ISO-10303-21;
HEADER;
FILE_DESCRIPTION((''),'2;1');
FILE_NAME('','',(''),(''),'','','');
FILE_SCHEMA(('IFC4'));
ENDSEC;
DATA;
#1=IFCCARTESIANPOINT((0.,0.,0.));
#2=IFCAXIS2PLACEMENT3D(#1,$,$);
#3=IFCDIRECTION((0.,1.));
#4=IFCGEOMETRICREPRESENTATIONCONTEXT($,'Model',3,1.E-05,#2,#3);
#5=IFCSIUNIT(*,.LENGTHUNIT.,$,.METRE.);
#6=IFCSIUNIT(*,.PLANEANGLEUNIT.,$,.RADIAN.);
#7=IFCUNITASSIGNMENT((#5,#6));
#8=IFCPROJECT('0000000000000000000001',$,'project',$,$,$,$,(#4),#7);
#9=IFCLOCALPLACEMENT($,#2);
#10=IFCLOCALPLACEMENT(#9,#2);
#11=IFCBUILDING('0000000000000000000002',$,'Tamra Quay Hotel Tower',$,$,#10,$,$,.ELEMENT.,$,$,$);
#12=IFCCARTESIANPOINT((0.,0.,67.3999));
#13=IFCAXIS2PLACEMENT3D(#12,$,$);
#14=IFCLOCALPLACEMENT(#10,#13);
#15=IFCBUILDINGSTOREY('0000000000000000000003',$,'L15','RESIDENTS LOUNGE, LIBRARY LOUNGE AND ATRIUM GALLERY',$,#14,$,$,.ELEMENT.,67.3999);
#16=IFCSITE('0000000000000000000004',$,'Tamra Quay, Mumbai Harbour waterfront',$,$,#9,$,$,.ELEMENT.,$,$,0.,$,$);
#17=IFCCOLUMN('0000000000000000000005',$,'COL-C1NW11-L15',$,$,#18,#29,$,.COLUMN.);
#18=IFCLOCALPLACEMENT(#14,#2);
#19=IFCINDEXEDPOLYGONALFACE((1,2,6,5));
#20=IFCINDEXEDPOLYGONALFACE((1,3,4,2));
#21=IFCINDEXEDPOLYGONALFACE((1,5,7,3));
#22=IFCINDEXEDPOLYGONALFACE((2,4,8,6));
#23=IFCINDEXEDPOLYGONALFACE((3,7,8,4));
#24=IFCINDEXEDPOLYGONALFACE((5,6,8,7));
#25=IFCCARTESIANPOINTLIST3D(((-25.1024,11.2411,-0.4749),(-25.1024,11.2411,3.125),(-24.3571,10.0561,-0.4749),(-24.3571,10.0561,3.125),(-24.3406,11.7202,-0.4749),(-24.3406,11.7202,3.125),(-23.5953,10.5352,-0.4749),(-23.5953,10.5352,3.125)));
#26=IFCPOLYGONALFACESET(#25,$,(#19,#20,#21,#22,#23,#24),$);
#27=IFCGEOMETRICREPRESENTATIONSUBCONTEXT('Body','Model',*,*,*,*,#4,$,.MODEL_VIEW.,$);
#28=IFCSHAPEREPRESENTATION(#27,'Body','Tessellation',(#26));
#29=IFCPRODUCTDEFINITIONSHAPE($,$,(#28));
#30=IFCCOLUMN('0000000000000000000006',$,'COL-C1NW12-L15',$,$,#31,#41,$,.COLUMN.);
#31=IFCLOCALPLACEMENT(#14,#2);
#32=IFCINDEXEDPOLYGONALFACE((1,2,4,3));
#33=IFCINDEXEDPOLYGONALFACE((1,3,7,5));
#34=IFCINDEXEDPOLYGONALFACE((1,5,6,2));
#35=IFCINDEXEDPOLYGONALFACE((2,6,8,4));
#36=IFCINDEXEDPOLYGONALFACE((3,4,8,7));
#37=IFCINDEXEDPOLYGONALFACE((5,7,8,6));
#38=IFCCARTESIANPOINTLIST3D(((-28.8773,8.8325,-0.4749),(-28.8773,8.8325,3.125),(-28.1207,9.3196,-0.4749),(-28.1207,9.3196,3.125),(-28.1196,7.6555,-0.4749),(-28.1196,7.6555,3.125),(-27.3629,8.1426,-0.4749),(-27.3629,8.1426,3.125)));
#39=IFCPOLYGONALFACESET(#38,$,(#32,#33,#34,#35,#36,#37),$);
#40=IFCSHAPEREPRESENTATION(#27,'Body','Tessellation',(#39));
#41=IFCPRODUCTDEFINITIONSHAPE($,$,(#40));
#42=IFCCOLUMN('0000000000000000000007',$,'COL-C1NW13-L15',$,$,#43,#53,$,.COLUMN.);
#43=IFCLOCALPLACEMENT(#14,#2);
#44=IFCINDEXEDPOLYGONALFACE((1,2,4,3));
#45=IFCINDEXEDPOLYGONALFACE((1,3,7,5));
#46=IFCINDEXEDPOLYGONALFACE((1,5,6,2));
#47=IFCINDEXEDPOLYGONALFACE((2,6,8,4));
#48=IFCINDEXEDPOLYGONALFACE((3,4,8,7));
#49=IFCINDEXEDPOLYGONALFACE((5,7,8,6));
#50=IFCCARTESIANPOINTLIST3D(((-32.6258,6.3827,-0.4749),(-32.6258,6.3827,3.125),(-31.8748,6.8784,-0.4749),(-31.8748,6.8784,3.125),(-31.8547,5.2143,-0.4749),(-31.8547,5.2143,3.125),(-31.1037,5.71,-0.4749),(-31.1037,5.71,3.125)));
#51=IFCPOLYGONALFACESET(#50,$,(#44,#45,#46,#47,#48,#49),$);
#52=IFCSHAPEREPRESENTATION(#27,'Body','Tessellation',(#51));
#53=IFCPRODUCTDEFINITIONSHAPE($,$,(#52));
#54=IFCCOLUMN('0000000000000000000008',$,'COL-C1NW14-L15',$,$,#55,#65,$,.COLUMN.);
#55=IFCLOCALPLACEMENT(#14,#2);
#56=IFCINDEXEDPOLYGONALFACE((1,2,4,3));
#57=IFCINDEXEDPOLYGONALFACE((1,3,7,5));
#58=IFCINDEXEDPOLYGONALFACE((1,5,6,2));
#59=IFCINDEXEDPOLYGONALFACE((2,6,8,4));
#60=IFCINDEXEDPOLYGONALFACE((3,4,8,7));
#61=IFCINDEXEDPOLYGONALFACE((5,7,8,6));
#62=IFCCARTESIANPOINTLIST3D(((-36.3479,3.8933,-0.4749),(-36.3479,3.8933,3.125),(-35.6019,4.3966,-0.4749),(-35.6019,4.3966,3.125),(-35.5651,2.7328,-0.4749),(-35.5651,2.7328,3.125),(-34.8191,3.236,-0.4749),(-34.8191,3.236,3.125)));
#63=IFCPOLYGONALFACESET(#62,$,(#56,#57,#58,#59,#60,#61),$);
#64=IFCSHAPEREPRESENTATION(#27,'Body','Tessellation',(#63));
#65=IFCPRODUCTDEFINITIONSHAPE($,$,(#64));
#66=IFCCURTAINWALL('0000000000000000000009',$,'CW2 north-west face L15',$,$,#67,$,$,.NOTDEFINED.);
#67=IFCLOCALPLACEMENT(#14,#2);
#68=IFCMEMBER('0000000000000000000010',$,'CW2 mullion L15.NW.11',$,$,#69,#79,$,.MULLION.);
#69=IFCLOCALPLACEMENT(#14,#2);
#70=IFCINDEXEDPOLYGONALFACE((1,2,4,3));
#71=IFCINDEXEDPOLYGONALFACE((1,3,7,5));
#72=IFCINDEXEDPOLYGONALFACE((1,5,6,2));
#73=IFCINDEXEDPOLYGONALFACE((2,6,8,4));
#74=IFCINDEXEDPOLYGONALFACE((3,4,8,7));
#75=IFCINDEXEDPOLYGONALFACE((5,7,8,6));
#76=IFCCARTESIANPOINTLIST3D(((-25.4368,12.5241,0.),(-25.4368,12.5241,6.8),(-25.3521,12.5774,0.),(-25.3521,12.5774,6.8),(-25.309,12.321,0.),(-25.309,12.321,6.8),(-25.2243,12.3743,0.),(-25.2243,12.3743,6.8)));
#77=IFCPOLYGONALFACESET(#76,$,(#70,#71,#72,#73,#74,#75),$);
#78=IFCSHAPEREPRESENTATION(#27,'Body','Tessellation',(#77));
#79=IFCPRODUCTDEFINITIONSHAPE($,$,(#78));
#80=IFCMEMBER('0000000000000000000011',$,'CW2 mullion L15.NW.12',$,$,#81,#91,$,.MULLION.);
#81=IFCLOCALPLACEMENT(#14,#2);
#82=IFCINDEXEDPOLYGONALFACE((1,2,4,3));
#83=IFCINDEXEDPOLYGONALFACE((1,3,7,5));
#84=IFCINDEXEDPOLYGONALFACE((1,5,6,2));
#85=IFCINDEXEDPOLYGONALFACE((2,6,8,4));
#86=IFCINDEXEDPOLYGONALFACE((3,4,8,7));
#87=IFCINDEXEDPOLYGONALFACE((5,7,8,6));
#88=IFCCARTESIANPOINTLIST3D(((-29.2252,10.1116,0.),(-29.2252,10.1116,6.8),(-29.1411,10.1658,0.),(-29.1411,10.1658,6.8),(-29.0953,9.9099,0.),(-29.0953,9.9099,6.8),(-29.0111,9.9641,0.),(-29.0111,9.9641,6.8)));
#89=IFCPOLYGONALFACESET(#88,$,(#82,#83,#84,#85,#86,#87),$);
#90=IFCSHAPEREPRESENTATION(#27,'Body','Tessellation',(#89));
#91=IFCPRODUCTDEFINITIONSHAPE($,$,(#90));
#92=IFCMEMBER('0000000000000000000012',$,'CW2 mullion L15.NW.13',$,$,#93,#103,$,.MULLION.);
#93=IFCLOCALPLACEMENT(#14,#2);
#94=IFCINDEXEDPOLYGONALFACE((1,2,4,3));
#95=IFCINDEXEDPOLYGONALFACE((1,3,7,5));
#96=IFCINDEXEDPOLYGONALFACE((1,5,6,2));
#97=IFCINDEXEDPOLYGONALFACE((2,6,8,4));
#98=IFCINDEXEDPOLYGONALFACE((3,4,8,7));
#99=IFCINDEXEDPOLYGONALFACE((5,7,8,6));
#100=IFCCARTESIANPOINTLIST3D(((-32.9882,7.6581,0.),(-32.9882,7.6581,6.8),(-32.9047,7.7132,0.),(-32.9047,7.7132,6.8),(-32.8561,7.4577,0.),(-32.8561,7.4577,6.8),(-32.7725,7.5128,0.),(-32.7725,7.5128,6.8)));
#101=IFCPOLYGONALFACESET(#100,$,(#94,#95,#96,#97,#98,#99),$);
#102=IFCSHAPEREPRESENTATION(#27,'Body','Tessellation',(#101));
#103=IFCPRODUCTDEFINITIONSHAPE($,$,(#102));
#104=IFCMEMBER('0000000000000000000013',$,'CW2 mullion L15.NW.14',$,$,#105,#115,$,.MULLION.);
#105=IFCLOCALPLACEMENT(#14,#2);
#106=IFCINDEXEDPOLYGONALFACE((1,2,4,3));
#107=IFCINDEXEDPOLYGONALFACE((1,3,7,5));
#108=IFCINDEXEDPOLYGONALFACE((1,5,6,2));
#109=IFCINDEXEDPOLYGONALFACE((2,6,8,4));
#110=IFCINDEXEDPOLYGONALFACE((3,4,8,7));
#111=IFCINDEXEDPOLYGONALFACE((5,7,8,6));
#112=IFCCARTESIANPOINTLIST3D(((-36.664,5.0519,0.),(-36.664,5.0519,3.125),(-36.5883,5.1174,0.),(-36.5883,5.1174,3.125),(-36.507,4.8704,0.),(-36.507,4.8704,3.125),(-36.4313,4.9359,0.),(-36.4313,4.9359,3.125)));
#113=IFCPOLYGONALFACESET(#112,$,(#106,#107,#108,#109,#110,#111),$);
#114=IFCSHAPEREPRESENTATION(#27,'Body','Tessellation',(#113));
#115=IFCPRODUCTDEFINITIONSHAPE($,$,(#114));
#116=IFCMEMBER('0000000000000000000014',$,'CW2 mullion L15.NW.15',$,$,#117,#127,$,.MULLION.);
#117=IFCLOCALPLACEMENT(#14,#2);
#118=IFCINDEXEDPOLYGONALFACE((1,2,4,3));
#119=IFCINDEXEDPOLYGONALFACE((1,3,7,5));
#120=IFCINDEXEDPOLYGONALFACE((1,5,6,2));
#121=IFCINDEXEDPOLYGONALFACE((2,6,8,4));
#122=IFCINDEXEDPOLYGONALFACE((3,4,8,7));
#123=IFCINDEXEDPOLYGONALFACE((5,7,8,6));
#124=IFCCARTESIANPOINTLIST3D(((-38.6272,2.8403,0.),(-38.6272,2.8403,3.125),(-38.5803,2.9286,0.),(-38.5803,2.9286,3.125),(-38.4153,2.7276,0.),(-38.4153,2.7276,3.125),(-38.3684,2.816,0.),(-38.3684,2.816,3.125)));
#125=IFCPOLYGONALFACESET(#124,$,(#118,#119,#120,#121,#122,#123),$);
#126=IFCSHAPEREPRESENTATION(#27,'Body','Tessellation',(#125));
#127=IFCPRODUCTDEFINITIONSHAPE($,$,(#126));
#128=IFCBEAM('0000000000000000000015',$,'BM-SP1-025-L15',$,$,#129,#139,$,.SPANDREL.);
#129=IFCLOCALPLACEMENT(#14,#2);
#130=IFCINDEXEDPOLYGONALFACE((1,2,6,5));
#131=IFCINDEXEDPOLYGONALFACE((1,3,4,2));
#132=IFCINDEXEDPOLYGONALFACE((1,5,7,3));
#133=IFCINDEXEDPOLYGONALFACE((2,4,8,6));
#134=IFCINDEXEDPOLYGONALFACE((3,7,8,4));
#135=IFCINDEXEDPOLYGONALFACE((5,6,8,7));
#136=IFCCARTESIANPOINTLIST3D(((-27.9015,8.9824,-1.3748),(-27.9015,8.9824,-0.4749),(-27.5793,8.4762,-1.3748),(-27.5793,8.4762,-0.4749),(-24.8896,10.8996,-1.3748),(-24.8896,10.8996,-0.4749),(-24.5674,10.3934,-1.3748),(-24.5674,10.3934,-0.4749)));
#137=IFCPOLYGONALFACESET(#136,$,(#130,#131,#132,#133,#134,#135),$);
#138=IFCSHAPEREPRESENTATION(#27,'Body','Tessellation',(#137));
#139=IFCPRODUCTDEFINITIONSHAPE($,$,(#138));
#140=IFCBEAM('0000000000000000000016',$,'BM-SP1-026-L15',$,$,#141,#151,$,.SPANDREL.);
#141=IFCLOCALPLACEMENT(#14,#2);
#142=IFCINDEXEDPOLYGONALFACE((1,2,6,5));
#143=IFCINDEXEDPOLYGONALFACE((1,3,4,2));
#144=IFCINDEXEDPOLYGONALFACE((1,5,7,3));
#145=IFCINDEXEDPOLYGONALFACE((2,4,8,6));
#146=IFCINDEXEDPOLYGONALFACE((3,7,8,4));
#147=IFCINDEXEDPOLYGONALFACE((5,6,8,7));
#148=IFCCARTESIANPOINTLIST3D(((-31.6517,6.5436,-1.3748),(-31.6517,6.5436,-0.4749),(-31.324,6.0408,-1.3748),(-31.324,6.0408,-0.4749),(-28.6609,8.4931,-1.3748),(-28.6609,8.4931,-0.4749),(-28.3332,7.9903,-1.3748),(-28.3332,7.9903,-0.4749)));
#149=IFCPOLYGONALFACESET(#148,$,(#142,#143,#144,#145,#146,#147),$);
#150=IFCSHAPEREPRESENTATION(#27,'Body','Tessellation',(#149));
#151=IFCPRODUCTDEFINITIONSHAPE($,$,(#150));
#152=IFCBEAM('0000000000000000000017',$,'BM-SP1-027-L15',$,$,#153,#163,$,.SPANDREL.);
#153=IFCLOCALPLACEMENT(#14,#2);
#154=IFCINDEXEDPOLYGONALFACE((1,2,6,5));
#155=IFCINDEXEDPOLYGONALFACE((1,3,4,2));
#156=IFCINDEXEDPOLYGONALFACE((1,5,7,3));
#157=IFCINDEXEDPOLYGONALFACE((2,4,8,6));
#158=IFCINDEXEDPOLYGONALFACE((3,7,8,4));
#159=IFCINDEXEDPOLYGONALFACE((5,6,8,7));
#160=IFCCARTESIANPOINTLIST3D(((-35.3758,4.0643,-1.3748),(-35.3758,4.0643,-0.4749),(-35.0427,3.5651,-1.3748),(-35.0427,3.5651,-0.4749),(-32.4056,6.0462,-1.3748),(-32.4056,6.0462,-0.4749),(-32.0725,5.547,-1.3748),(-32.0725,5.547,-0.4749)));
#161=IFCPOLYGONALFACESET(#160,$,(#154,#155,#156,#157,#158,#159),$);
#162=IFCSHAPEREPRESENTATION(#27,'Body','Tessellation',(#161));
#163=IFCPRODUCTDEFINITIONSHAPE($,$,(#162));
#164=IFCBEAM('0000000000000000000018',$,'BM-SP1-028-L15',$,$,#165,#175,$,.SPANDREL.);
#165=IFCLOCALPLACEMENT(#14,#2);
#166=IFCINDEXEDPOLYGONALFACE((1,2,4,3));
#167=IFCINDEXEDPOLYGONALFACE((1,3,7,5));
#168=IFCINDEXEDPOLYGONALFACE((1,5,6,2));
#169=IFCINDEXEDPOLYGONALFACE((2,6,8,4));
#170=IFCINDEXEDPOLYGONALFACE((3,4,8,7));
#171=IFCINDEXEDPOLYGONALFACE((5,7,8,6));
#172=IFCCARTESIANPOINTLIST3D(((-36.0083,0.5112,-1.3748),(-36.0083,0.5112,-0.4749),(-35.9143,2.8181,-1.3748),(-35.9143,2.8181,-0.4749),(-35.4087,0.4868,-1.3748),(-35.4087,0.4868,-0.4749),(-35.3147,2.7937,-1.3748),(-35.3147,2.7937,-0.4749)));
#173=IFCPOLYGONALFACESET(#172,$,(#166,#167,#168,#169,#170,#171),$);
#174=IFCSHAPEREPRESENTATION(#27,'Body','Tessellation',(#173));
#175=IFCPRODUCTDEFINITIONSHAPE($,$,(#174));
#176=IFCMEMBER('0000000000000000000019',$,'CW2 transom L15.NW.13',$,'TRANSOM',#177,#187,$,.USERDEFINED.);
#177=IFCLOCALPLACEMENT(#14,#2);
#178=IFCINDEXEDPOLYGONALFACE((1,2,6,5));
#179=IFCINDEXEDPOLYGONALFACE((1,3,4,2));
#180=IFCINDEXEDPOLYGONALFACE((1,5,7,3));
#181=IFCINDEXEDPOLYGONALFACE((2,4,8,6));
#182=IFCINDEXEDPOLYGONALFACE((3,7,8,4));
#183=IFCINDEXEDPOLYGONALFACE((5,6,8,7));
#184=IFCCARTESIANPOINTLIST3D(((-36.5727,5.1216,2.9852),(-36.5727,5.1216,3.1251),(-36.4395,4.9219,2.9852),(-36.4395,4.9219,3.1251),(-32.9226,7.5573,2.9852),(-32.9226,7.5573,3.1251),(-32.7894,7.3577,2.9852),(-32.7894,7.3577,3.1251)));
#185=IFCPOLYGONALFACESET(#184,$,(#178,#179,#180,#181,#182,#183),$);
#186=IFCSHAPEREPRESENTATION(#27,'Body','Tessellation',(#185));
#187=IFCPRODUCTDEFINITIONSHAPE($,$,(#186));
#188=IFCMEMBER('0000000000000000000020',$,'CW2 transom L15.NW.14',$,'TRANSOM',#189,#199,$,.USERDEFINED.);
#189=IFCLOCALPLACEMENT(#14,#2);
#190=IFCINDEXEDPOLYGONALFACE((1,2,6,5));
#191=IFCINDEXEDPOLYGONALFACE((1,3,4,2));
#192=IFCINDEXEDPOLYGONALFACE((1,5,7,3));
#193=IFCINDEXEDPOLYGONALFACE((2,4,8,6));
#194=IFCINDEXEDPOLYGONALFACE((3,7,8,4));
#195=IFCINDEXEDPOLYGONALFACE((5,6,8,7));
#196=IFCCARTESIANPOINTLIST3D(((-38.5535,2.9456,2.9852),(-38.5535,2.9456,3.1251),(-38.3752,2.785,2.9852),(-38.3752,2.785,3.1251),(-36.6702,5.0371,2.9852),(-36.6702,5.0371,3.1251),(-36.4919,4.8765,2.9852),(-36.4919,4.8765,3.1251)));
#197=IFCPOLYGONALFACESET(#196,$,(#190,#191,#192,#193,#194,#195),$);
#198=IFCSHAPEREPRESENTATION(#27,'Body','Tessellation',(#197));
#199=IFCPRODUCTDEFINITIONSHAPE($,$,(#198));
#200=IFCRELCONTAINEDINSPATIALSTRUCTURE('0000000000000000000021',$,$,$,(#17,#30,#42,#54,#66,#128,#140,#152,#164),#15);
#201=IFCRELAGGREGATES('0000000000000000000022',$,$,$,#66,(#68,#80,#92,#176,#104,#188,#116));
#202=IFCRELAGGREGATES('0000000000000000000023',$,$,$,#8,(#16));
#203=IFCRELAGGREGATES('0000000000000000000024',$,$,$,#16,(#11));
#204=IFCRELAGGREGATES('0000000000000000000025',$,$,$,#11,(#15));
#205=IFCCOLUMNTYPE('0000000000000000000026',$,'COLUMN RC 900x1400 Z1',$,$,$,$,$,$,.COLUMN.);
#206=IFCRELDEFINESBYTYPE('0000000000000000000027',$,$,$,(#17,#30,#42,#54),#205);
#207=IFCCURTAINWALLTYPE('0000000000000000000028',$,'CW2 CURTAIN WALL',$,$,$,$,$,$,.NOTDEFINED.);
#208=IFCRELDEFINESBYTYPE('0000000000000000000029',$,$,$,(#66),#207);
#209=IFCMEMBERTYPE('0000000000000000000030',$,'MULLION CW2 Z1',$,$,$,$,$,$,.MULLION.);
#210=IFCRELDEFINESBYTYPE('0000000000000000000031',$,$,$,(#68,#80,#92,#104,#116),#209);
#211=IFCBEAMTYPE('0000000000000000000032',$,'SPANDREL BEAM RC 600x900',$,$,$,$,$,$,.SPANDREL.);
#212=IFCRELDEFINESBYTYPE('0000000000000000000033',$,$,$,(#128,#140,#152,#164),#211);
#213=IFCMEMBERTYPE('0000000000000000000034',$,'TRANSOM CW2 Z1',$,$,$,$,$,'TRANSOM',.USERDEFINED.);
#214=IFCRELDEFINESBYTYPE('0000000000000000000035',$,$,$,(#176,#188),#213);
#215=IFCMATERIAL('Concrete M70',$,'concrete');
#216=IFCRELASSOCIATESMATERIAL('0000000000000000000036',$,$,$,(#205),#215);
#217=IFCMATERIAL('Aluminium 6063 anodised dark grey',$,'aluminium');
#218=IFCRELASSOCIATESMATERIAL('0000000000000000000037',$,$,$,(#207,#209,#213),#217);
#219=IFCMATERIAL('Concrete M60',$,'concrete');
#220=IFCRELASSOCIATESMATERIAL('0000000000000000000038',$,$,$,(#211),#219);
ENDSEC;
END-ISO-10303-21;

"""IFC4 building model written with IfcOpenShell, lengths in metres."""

from ifc_helpers import new_model, si_unit, direction, frame, origin, origin_2d, place, context, subcontext, project, spatial, rectangle, extrude, material, material_profile, profile_set, type_object, element, aggregate, save


model = new_model("IFC4")

# Units and contexts
model_context = context("Model", 3, precision=1e-05, world=origin(), true_north=direction((0.0, 1.0)))
body_context = subcontext(model_context, "Body", "Model", "MODEL_VIEW")
ifc_project = project(units=[si_unit("LENGTHUNIT", "METRE"), si_unit("PLANEANGLEUNIT", "RADIAN")], contexts=[model_context])

# Site, building, storey
site_placement = place(None, origin())
site = spatial("IfcSite", under=ifc_project, at=site_placement, Name="Tamra Quay, Mumbai Harbour waterfront", CompositionType="ELEMENT", RefElevation=0.0)
building_placement = place(site_placement, origin())
building = spatial("IfcBuilding", under=site, at=building_placement, Name="Tamra Quay Hotel Tower", CompositionType="ELEMENT")
storey_placement = place(building_placement, frame((0.0, 0.0, 67.3999)))
storey = spatial("IfcBuildingStorey", under=building, at=storey_placement, Name="L15", Description="RESIDENTS LOUNGE, LIBRARY LOUNGE AND ATRIUM GALLERY", CompositionType="ELEMENT", Elevation=67.3999)

# Columns
ifc_material_1 = material(Name="Concrete M70", Category="concrete")
ifc_material_profile_1 = material_profile(ifc_material_1, rectangle(XDim=1.3999, YDim=0.8999, at=origin_2d()), Name="COLUMN RC 900x1400 Z1")
ifc_profile_set_1 = profile_set([ifc_material_profile_1], Name="Concrete M70")
column_type = type_object("IfcColumnType", Name="COLUMN RC 900x1400 Z1", PredefinedType="COLUMN", material=ifc_profile_set_1)
for number, where, z_axis, x_axis, name in (
    (1, (-24.3489, 10.8882, -0.4749), (0.0, 0.0, 1.0), (-0.532389, 0.8465, 0.0), "COL-C1NW11-L15"),
    (2, (-28.1201, 8.4875, -0.4749), (0.0, 0.0, 1.0), (-0.541283, 0.840841, 0.0), "COL-C1NW12-L15"),
    (3, (-31.8647, 6.0464, -0.4749), (0.0, 0.0, 1.0), (-0.550838, 0.834612, 0.0), "COL-C1NW13-L15"),
    (4, (-35.5835, 3.5647, -0.4749), (0.0, 0.0, 1.0), (-0.55922, 0.829019, 0.0), "COL-C1NW14-L15"),
):
    element("IfcColumn", number, at=place(storey_placement, frame(where, z_axis=z_axis, x_axis=x_axis)), inside=storey, type_object=column_type, Name=name, PredefinedType="COLUMN", context=body_context, shape_type="SweptSolid", body=[
        extrude(rectangle(XDim=1.3999, YDim=0.8999, at=origin_2d()), origin(), (0.0, 0.0, 1.0), 3.5999),
    ])

# Curtain wall, members
ifc_material_2 = material(Name="Aluminium 6063 anodised dark grey", Category="aluminium")
curtain_wall_type = type_object("IfcCurtainWallType", Name="CW2 CURTAIN WALL", PredefinedType="NOTDEFINED", material=ifc_material_2)
curtain_wall_placement = place(storey_placement, origin())
curtain_wall = element("IfcCurtainWall", 5, at=curtain_wall_placement, inside=storey, type_object=curtain_wall_type, Name="CW2 north-west face L15", PredefinedType="NOTDEFINED")
ifc_material_profile_2 = material_profile(ifc_material_2, rectangle(XDim=0.24, YDim=0.1001, at=origin_2d()), Name="MULLION 100X240")
ifc_profile_set_2 = profile_set([ifc_material_profile_2], Name="Aluminium 6063 anodised dark grey")
member_type_1 = type_object("IfcMemberType", Name="MULLION CW2 Z1", PredefinedType="MULLION", material=ifc_profile_set_2)
member_1_placement = place(storey_placement, frame((-25.3306, 12.4492, 0.0), z_axis=(0.0, 0.0, 1.0), x_axis=(-0.532447, 0.846463, 0.0)))
member_1 = element("IfcMember", 6, at=member_1_placement, type_object=member_type_1, Name="CW2 mullion L15.NW.11", PredefinedType="MULLION", context=body_context, shape_type="SweptSolid", body=[
    extrude(rectangle(XDim=0.24, YDim=0.1001, at=origin_2d()), origin(), (0.0, 0.0, 1.0), 6.8),
])
member_2_placement = place(storey_placement, frame((-29.1182, 10.0378, 0.0), z_axis=(0.0, 0.0, 1.0), x_axis=(-0.541561, 0.840662, 0.0)))
member_2 = element("IfcMember", 7, at=member_2_placement, type_object=member_type_1, Name="CW2 mullion L15.NW.12", PredefinedType="MULLION", context=body_context, shape_type="SweptSolid", body=[
    extrude(rectangle(XDim=0.24, YDim=0.1001, at=origin_2d()), origin(), (0.0, 0.0, 1.0), 6.8),
])
member_3_placement = place(storey_placement, frame((-32.8804, 7.5854, 0.0), z_axis=(0.0, 0.0, 1.0), x_axis=(-0.550591, 0.834775, 0.0)))
member_3 = element("IfcMember", 8, at=member_3_placement, type_object=member_type_1, Name="CW2 mullion L15.NW.13", PredefinedType="MULLION", context=body_context, shape_type="SweptSolid", body=[
    extrude(rectangle(XDim=0.24, YDim=0.1001, at=origin_2d()), origin(), (0.0, 0.0, 1.0), 6.8),
])
member_4_placement = place(storey_placement, frame((-36.5476, 4.9939, 0.0), z_axis=(0.0, 0.0, 1.0), x_axis=(-0.654197, 0.756324, 0.0)))
member_4 = element("IfcMember", 9, at=member_4_placement, type_object=member_type_1, Name="CW2 mullion L15.NW.14", PredefinedType="MULLION", context=body_context, shape_type="SweptSolid", body=[
    extrude(rectangle(XDim=0.24, YDim=0.1001, at=origin_2d()), origin(), (0.0, 0.0, 1.0), 3.125),
])
member_5_placement = place(storey_placement, frame((-38.4978, 2.8281, 0.0), z_axis=(0.0, 0.0, 1.0), x_axis=(-0.882955, 0.469457, 0.0)))
member_5 = element("IfcMember", 10, at=member_5_placement, type_object=member_type_1, Name="CW2 mullion L15.NW.15", PredefinedType="MULLION", context=body_context, shape_type="SweptSolid", body=[
    extrude(rectangle(XDim=0.24, YDim=0.1001, at=origin_2d()), origin(), (0.0, 0.0, 1.0), 3.125),
])

# Beams
ifc_material_3 = material(Name="Concrete M60", Category="concrete")
ifc_material_profile_3 = material_profile(ifc_material_3, rectangle(XDim=0.6001, YDim=0.8999, at=origin_2d()), Name="SPANDREL BEAM RC 600x900")
ifc_profile_set_3 = profile_set([ifc_material_profile_3], Name="Concrete M60")
beam_type = type_object("IfcBeamType", Name="SPANDREL BEAM RC 600x900", PredefinedType="SPANDREL", material=ifc_profile_set_3)
beam_1_placement = place(storey_placement, frame((-24.7285, 10.6465, -0.9248), z_axis=(-0.843594, -0.536982, 0.0), x_axis=(0.536982, -0.843594, 0.0)))
element("IfcBeam", 11, at=beam_1_placement, inside=storey, type_object=beam_type, Name="BM-SP1-025-L15", PredefinedType="SPANDREL", context=body_context, shape_type="SweptSolid", body=[
    extrude(rectangle(XDim=0.6001, YDim=0.8999, at=origin_2d()), origin(), (0.0, 0.0, 1.0), 3.5703),
])
beam_2_placement = place(storey_placement, frame((-28.4971, 8.2417, -0.9248), z_axis=(-0.83774, -0.54607, 0.0), x_axis=(0.54607, -0.83774, 0.0)))
element("IfcBeam", 12, at=beam_2_placement, inside=storey, type_object=beam_type, Name="BM-SP1-026-L15", PredefinedType="SPANDREL", context=body_context, shape_type="SweptSolid", body=[
    extrude(rectangle(XDim=0.6001, YDim=0.8999, at=origin_2d()), origin(), (0.0, 0.0, 1.0), 3.5701),
])
beam_3_placement = place(storey_placement, frame((-32.239, 5.7966, -0.9248), z_axis=(-0.831819, -0.555047, 0.0), x_axis=(0.555047, -0.831819, 0.0)))
element("IfcBeam", 13, at=beam_3_placement, inside=storey, type_object=beam_type, Name="BM-SP1-027-L15", PredefinedType="SPANDREL", context=body_context, shape_type="SweptSolid", body=[
    extrude(rectangle(XDim=0.6001, YDim=0.8999, at=origin_2d()), origin(), (0.0, 0.0, 1.0), 3.5708),
])
beam_4_placement = place(storey_placement, frame((-35.6145, 2.8059, -0.9248), z_axis=(-0.040711, -0.999171, 0.0), x_axis=(0.999171, -0.040711, 0.0)))
element("IfcBeam", 14, at=beam_4_placement, inside=storey, type_object=beam_type, Name="BM-SP1-028-L15", PredefinedType="SPANDREL", context=body_context, shape_type="SweptSolid", body=[
    extrude(rectangle(XDim=0.6001, YDim=0.8999, at=origin_2d()), origin(), (0.0, 0.0, 1.0), 2.3088),
])

# Members
ifc_material_profile_4 = material_profile(ifc_material_2, rectangle(XDim=0.24, YDim=0.1399, at=origin_2d()), Name="TRANSOM 240X140")
ifc_profile_set_4 = profile_set([ifc_material_profile_4], Name="Aluminium 6063 anodised dark grey")
member_type_2 = type_object("IfcMemberType", Name="TRANSOM CW2 Z1", ElementType="TRANSOM", PredefinedType="USERDEFINED", material=ifc_profile_set_4)
member_6_placement = place(storey_placement, frame((-32.856, 7.4575, 3.0552), z_axis=(-0.831802, -0.555072, 0.0), x_axis=(0.555072, -0.831802, 0.0)))
member_6 = element("IfcMember", 15, at=member_6_placement, type_object=member_type_2, Name="CW2 transom L15.NW.13", ObjectType="TRANSOM", PredefinedType="USERDEFINED", context=body_context, shape_type="SweptSolid", body=[
    extrude(rectangle(XDim=0.24, YDim=0.1399, at=origin_2d()), origin(), (0.0, 0.0, 1.0), 4.3882),
])
member_7_placement = place(storey_placement, frame((-36.5811, 4.9568, 3.0552), z_axis=(-0.669142, -0.743135, 0.0), x_axis=(0.743135, -0.669142, 0.0)))
member_7 = element("IfcMember", 16, at=member_7_placement, type_object=member_type_2, Name="CW2 transom L15.NW.14", ObjectType="TRANSOM", PredefinedType="USERDEFINED", context=body_context, shape_type="SweptSolid", body=[
    extrude(rectangle(XDim=0.24, YDim=0.1399, at=origin_2d()), origin(), (0.0, 0.0, 1.0), 2.8145),
])

aggregate(curtain_wall, [member_1, member_2, member_3, member_6, member_4, member_7, member_5])

save(model, "model.ifc")
